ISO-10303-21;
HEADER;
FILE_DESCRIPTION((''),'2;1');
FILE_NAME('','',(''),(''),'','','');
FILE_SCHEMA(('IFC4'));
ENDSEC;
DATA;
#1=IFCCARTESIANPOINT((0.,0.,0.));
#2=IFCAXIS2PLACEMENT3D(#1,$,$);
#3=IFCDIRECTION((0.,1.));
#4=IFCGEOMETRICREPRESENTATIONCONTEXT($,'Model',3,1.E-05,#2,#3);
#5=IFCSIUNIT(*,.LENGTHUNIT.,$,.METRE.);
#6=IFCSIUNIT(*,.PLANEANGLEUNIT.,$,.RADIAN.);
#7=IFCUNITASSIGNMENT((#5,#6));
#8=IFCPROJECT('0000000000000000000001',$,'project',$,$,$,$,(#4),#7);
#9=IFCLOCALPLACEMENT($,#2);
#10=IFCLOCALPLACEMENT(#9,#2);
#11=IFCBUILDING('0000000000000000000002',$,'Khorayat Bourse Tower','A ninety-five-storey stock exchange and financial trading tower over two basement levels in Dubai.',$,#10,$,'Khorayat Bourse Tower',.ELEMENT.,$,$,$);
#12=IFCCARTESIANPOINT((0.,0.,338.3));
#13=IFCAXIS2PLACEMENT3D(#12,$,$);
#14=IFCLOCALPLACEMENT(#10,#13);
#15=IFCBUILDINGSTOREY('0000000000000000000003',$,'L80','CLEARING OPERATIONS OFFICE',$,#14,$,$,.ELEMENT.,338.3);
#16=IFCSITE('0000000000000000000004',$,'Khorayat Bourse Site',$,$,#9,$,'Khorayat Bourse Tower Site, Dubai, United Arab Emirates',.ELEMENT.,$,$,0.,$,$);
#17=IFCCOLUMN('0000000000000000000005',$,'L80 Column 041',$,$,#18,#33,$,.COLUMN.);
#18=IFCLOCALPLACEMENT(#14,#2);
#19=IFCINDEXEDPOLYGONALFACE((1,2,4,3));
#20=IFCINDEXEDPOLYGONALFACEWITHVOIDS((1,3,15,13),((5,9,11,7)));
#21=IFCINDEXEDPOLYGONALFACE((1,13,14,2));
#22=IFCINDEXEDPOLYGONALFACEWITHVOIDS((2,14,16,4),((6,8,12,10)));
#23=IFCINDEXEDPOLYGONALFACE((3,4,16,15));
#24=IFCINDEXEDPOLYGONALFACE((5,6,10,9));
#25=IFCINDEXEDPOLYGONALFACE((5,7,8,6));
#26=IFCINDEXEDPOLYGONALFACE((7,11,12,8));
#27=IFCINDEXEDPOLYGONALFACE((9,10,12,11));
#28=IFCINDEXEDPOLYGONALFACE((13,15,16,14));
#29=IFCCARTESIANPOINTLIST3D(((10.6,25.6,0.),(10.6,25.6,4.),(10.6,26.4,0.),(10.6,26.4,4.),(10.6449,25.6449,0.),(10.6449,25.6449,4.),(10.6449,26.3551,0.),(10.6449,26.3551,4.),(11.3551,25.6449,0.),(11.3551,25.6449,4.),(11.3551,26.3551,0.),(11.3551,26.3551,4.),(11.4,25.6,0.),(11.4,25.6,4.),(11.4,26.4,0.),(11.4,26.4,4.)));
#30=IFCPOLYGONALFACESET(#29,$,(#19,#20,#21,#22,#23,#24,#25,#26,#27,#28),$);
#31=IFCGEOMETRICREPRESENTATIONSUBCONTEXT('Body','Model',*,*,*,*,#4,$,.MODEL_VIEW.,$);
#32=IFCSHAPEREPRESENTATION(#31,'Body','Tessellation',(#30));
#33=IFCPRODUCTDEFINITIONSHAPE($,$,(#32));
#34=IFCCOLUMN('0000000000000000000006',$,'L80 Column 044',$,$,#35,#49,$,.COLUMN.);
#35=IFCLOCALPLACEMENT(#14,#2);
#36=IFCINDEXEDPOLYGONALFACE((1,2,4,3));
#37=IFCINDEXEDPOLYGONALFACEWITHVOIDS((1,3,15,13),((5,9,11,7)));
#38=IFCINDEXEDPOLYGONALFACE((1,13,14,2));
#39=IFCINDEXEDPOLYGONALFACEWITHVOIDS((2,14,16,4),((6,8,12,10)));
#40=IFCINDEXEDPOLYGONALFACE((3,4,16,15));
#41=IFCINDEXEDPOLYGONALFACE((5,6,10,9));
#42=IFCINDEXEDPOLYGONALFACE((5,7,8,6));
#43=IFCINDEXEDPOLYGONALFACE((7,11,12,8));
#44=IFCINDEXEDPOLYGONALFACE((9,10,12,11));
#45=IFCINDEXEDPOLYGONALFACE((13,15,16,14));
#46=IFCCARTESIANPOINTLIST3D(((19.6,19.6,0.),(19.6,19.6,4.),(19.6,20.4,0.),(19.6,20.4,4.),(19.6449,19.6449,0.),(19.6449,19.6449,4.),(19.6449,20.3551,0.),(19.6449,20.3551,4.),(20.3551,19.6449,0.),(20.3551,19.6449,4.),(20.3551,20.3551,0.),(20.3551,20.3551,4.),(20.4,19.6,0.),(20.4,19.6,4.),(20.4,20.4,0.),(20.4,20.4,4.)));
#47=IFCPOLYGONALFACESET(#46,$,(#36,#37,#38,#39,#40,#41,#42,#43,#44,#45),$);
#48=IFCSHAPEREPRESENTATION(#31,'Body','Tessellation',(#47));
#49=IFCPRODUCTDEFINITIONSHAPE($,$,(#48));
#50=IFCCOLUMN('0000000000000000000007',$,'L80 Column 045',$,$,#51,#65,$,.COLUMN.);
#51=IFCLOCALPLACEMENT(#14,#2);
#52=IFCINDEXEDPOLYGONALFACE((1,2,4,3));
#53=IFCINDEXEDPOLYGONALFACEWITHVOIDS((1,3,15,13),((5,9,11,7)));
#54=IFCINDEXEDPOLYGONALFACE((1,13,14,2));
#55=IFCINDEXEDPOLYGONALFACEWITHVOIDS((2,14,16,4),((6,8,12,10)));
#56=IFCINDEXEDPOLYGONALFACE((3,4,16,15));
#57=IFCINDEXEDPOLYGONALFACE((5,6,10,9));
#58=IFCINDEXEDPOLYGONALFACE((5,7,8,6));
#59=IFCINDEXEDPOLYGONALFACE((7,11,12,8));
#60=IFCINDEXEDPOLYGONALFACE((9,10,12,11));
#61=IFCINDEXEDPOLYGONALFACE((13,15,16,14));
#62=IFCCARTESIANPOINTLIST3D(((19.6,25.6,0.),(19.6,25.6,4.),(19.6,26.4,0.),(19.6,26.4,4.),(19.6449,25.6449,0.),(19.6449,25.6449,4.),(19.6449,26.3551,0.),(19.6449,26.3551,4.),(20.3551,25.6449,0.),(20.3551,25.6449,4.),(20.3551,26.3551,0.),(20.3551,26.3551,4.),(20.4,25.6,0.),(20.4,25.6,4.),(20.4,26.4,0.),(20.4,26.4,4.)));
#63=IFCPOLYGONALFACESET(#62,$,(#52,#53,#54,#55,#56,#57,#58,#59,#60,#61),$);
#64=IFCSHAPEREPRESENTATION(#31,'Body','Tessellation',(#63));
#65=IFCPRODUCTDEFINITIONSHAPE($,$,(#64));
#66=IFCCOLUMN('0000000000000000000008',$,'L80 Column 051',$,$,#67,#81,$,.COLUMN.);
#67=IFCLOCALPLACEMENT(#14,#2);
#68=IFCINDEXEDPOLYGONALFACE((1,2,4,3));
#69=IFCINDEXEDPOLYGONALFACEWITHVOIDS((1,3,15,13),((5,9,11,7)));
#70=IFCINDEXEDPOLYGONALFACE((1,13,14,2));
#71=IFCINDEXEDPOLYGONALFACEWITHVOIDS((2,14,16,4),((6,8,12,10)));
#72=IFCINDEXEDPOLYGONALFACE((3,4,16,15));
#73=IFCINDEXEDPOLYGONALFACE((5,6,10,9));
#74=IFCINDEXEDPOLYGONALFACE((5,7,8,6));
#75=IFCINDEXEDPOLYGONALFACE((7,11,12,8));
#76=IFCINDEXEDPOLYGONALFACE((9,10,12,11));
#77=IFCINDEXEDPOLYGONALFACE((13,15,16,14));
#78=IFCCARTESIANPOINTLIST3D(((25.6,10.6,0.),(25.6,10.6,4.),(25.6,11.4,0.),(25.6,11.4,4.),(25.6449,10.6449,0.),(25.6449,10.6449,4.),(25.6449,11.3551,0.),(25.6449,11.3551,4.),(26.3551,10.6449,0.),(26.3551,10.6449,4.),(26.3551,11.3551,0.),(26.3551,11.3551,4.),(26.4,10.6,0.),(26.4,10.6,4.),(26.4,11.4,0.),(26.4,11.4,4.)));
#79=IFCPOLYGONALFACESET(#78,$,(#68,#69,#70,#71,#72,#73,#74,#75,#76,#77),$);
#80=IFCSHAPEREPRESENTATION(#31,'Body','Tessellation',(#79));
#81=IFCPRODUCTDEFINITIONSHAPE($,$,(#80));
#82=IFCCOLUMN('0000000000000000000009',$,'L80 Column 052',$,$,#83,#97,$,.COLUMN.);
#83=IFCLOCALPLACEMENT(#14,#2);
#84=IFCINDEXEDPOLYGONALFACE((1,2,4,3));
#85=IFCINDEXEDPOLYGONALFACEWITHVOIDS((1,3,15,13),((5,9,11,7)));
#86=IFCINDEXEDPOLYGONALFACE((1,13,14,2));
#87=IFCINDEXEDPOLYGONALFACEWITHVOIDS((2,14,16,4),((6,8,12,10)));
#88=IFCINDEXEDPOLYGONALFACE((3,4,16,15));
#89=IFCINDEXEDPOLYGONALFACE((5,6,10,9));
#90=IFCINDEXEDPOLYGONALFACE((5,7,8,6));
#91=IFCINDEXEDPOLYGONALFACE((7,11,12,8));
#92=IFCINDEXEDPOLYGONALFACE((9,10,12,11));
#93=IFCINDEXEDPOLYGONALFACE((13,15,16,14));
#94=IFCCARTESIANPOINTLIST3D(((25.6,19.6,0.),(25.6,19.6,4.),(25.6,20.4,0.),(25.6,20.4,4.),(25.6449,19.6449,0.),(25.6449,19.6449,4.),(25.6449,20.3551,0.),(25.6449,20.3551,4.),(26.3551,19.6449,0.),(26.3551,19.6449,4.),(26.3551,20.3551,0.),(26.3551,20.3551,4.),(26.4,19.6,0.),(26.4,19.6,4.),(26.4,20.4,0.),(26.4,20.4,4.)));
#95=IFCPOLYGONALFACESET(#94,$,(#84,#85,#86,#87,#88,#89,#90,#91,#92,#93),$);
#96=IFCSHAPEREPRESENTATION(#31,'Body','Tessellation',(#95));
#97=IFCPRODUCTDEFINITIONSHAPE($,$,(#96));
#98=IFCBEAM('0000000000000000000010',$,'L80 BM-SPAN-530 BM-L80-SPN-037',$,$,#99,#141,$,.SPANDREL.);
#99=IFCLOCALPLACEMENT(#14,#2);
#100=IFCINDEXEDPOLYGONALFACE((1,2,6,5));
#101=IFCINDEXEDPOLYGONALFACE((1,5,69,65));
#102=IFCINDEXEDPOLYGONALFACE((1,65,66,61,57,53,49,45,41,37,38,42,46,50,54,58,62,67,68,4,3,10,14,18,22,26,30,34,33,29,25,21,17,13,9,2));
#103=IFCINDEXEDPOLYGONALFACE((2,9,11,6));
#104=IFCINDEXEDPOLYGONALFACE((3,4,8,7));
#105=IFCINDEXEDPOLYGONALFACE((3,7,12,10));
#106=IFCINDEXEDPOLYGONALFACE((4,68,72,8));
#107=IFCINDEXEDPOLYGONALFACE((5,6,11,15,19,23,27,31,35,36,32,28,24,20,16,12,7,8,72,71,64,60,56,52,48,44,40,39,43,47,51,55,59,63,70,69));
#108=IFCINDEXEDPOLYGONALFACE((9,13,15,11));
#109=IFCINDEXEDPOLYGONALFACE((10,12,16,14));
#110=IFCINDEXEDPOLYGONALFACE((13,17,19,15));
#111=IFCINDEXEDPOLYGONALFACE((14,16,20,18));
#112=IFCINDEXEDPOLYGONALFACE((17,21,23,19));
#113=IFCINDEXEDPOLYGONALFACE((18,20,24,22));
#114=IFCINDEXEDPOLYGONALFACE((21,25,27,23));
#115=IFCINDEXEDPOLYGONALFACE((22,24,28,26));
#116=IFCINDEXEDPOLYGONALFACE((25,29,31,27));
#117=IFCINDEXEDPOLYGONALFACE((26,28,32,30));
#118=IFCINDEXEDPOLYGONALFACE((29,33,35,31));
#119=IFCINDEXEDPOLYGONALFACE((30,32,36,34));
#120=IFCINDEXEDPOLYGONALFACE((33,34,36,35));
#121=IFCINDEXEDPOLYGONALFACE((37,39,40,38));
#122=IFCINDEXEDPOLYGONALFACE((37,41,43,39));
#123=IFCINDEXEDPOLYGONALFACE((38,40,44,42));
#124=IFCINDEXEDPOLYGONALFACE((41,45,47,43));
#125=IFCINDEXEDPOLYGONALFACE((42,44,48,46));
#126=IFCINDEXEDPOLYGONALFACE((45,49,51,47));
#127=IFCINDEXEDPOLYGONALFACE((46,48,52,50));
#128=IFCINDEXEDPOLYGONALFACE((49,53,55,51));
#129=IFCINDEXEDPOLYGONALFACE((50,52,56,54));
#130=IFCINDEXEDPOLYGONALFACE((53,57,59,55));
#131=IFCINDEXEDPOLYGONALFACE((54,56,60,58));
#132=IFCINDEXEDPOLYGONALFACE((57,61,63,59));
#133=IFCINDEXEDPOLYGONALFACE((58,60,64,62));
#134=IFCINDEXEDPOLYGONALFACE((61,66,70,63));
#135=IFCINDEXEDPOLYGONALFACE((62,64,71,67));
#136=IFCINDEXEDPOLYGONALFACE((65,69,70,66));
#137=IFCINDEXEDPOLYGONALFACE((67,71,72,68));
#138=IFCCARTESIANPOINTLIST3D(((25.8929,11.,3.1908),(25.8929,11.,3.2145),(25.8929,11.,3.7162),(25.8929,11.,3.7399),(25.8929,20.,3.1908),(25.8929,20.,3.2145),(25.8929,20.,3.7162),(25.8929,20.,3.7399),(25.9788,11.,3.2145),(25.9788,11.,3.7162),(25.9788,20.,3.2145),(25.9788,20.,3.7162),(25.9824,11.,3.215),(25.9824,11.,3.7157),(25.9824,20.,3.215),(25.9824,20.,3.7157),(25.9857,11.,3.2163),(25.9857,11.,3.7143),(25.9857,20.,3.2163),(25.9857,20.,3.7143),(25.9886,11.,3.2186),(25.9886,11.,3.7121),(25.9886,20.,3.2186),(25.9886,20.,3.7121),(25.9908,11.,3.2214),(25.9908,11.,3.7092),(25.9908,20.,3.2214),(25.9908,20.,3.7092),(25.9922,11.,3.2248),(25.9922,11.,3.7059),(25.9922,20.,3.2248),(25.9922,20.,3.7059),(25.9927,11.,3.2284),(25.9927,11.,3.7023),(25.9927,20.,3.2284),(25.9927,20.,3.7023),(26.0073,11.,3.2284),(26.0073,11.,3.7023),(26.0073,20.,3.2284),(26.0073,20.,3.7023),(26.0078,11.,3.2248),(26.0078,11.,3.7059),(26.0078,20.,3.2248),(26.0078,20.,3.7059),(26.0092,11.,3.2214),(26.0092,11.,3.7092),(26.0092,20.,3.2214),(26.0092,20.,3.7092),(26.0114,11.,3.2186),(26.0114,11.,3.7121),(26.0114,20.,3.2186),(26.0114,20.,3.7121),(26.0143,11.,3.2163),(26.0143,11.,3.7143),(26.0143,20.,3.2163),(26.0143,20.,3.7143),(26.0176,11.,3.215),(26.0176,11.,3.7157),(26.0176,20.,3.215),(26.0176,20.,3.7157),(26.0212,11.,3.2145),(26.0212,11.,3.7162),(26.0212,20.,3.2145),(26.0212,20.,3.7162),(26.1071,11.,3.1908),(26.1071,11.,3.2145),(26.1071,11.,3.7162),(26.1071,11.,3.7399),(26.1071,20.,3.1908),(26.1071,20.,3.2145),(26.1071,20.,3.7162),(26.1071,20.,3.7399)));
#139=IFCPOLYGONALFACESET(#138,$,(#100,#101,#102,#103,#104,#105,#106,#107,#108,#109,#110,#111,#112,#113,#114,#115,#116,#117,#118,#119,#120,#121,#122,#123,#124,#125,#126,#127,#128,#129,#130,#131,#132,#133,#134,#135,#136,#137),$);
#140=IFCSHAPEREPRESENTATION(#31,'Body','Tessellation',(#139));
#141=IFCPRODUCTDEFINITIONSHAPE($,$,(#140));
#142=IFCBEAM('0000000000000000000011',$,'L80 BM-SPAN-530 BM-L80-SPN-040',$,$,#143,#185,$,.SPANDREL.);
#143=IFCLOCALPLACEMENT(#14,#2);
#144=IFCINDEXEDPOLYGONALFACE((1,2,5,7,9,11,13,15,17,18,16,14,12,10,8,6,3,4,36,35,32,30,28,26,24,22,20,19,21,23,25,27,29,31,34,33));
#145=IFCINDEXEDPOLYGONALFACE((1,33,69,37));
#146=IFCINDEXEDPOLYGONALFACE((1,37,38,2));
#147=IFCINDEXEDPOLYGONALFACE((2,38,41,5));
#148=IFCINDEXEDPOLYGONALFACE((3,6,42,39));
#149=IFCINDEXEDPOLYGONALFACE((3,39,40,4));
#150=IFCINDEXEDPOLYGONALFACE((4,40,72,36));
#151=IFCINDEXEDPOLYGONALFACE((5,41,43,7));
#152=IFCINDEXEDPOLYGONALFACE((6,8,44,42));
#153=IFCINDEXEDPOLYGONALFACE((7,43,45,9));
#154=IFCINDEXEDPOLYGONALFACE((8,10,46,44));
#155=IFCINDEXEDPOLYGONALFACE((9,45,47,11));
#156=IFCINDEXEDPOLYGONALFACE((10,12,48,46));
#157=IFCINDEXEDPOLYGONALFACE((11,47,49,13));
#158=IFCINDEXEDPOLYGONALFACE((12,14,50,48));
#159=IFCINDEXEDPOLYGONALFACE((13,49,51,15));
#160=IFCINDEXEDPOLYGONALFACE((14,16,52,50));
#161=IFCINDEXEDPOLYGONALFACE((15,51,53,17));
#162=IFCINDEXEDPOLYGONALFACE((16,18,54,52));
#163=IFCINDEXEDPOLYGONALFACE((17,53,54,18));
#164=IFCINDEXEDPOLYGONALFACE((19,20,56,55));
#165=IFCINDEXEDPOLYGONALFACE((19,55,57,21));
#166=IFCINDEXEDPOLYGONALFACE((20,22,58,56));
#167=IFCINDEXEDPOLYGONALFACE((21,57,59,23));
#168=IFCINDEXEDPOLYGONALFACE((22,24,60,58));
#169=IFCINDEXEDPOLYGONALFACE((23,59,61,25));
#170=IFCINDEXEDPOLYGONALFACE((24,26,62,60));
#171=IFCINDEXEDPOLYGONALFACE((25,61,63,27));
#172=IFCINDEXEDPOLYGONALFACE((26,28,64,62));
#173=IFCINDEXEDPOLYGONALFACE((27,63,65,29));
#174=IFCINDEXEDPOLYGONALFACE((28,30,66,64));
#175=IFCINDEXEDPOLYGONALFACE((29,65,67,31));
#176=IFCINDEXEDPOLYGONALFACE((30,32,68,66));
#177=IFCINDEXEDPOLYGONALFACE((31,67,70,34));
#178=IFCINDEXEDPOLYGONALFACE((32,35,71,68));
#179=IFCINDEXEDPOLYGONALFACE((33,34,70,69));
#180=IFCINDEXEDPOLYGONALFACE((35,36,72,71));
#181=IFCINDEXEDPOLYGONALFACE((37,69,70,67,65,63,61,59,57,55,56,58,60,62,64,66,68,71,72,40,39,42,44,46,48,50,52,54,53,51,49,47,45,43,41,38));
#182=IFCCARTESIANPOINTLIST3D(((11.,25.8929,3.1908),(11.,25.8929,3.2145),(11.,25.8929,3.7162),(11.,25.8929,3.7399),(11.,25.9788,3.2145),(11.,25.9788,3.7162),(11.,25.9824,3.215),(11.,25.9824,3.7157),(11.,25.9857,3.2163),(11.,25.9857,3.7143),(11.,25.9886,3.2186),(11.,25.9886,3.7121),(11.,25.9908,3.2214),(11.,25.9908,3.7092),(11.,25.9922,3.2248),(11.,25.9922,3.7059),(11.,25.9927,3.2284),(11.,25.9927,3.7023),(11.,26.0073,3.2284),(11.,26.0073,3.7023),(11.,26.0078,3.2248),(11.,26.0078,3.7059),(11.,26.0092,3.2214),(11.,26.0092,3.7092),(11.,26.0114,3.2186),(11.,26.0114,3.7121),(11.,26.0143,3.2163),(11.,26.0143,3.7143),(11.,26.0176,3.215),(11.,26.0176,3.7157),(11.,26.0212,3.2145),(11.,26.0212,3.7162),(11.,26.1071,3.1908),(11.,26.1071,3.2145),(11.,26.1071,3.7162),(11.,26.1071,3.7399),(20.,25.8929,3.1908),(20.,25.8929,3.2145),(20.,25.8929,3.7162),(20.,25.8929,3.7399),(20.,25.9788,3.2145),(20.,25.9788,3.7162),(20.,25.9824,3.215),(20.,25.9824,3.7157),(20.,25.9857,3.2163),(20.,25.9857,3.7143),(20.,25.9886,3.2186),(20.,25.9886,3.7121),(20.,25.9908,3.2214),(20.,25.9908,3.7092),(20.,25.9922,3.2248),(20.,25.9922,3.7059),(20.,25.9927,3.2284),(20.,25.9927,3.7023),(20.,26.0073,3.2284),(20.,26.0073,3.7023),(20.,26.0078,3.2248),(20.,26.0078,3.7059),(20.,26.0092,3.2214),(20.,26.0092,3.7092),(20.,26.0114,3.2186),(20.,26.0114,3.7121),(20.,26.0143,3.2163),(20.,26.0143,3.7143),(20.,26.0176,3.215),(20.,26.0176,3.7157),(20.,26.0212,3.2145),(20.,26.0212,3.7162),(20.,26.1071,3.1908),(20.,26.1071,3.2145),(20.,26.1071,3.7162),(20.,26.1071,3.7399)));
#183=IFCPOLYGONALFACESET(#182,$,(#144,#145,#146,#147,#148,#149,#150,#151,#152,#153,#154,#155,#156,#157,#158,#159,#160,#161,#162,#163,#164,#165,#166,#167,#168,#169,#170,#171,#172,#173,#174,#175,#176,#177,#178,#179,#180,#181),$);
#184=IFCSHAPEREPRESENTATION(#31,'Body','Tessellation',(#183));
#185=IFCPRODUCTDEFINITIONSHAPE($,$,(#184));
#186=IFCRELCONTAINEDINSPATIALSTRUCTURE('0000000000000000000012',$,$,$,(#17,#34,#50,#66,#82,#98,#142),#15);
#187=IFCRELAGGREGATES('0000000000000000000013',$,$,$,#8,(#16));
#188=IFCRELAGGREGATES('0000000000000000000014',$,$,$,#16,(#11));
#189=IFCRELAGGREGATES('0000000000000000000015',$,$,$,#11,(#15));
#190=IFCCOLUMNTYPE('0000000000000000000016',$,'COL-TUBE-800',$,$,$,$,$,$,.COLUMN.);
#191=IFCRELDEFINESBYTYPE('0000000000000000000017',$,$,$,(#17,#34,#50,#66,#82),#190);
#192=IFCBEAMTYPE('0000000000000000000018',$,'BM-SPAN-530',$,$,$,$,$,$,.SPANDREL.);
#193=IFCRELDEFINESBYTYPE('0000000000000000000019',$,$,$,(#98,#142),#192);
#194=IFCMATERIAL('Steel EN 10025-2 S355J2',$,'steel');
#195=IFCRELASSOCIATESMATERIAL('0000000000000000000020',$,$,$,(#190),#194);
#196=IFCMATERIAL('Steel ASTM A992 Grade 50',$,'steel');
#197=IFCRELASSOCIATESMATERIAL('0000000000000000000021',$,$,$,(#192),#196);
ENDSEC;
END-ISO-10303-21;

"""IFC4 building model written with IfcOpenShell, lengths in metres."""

from ifc_helpers import new_model, si_unit, direction, frame, origin, origin_2d, place, context, subcontext, project, spatial, hollow_rectangle, i_section, extrude, source, transform, mapped, material, material_profile, profile_set, type_object, element, save


model = new_model("IFC4")

# Units and contexts
model_context = context("Model", 3, precision=1e-05, world=origin(), true_north=direction((0.0, 1.0)))
body_context = subcontext(model_context, "Body", "Model", "MODEL_VIEW")
ifc_project = project(units=[si_unit("LENGTHUNIT", "METRE"), si_unit("PLANEANGLEUNIT", "RADIAN")], contexts=[model_context])

# Site, building, storey
site_placement = place(None, origin())
site = spatial("IfcSite", under=ifc_project, at=site_placement, Name="Khorayat Bourse Site", LongName="Khorayat Bourse Tower Site, Dubai, United Arab Emirates", CompositionType="ELEMENT", RefElevation=0.0)
building_placement = place(site_placement, origin())
building = spatial("IfcBuilding", under=site, at=building_placement, Name="Khorayat Bourse Tower", Description="A ninety-five-storey stock exchange and financial trading tower over two basement levels in Dubai.", LongName="Khorayat Bourse Tower", CompositionType="ELEMENT")
storey_placement = place(building_placement, frame((0.0, 0.0, 338.3)))
storey = spatial("IfcBuildingStorey", under=building, at=storey_placement, Name="L80", Description="CLEARING OPERATIONS OFFICE", CompositionType="ELEMENT", Elevation=338.3)

# Columns
ifc_material_1 = material(Name="Steel EN 10025-2 S355J2", Category="steel")
ifc_material_profile_1 = material_profile(ifc_material_1, hollow_rectangle(XDim=0.8, YDim=0.8, WallThickness=0.0449, at=origin_2d()), Name="BOX 800x800x45")
ifc_profile_set_1 = profile_set([ifc_material_profile_1], Name="Steel EN 10025-2 S355J2")
column_type = type_object("IfcColumnType", Name="COL-TUBE-800", PredefinedType="COLUMN", material=ifc_profile_set_1)
shared_shape_1 = source(origin(), body_context, "Body", "SweptSolid", [
    extrude(hollow_rectangle(XDim=0.8, YDim=0.8, WallThickness=0.0449, at=origin_2d()), origin(), (0.0, 0.0, 1.0), 4.0),
])
for number, where, z_axis, x_axis, name in (
    (1, (11.0, 26.0, 0.0), (0.0, 0.0, 1.0), (1.0, 0.0, 0.0), "L80 Column 041"),
    (2, (20.0, 20.0, 0.0), (0.0, 0.0, 1.0), (1.0, 0.0, 0.0), "L80 Column 044"),
    (3, (20.0, 26.0, 0.0), (0.0, 0.0, 1.0), (1.0, 0.0, 0.0), "L80 Column 045"),
    (4, (26.0, 11.0, 0.0), (0.0, 0.0, 1.0), (1.0, 0.0, 0.0), "L80 Column 051"),
    (5, (26.0, 20.0, 0.0), (0.0, 0.0, 1.0), (1.0, 0.0, 0.0), "L80 Column 052"),
):
    element("IfcColumn", number, at=place(storey_placement, frame(where, z_axis=z_axis, x_axis=x_axis)), inside=storey, type_object=column_type, Name=name, PredefinedType="COLUMN", context=body_context, shape_type="MappedRepresentation", body=[
        mapped(shared_shape_1, transform((0.0, 0.0, 0.0), scale=1.0)),
    ])

# Beams
ifc_material_2 = material(Name="Steel ASTM A992 Grade 50", Category="steel")
ifc_material_profile_2 = material_profile(ifc_material_2, i_section(OverallWidth=0.2141, OverallDepth=0.5491, WebThickness=0.0146, FlangeThickness=0.0237, FilletRadius=0.0139, at=origin_2d()), Name="W530X138")
ifc_profile_set_2 = profile_set([ifc_material_profile_2], Name="Steel ASTM A992 Grade 50")
beam_type_1 = type_object("IfcBeamType", Name="BM-SPAN-530", PredefinedType="SPANDREL", material=ifc_profile_set_2)
shared_shape_2 = source(origin(), body_context, "Body", "SweptSolid", [
    extrude(i_section(OverallWidth=0.2141, OverallDepth=0.5491, WebThickness=0.0146, FlangeThickness=0.0237, FilletRadius=0.0139, at=origin_2d()), origin(), (0.0, 0.0, 1.0), 9.0),
])
for number, where, z_axis, x_axis, name in (
    (6, (26.0, 11.0, 3.4653), (0.0, 1.0, 0.0), (-1.0, 0.0, 0.0), "L80 BM-SPAN-530 BM-L80-SPN-037"),
    (7, (11.0, 26.0, 3.4653), (1.0, 0.0, 0.0), (0.0, 1.0, 0.0), "L80 BM-SPAN-530 BM-L80-SPN-040"),
):
    element("IfcBeam", number, at=place(storey_placement, frame(where, z_axis=z_axis, x_axis=x_axis)), inside=storey, type_object=beam_type_1, Name=name, PredefinedType="SPANDREL", context=body_context, shape_type="MappedRepresentation", body=[
        mapped(shared_shape_2, transform((0.0, 0.0, 0.0), scale=1.0)),
    ])

save(model, "model.ifc")
